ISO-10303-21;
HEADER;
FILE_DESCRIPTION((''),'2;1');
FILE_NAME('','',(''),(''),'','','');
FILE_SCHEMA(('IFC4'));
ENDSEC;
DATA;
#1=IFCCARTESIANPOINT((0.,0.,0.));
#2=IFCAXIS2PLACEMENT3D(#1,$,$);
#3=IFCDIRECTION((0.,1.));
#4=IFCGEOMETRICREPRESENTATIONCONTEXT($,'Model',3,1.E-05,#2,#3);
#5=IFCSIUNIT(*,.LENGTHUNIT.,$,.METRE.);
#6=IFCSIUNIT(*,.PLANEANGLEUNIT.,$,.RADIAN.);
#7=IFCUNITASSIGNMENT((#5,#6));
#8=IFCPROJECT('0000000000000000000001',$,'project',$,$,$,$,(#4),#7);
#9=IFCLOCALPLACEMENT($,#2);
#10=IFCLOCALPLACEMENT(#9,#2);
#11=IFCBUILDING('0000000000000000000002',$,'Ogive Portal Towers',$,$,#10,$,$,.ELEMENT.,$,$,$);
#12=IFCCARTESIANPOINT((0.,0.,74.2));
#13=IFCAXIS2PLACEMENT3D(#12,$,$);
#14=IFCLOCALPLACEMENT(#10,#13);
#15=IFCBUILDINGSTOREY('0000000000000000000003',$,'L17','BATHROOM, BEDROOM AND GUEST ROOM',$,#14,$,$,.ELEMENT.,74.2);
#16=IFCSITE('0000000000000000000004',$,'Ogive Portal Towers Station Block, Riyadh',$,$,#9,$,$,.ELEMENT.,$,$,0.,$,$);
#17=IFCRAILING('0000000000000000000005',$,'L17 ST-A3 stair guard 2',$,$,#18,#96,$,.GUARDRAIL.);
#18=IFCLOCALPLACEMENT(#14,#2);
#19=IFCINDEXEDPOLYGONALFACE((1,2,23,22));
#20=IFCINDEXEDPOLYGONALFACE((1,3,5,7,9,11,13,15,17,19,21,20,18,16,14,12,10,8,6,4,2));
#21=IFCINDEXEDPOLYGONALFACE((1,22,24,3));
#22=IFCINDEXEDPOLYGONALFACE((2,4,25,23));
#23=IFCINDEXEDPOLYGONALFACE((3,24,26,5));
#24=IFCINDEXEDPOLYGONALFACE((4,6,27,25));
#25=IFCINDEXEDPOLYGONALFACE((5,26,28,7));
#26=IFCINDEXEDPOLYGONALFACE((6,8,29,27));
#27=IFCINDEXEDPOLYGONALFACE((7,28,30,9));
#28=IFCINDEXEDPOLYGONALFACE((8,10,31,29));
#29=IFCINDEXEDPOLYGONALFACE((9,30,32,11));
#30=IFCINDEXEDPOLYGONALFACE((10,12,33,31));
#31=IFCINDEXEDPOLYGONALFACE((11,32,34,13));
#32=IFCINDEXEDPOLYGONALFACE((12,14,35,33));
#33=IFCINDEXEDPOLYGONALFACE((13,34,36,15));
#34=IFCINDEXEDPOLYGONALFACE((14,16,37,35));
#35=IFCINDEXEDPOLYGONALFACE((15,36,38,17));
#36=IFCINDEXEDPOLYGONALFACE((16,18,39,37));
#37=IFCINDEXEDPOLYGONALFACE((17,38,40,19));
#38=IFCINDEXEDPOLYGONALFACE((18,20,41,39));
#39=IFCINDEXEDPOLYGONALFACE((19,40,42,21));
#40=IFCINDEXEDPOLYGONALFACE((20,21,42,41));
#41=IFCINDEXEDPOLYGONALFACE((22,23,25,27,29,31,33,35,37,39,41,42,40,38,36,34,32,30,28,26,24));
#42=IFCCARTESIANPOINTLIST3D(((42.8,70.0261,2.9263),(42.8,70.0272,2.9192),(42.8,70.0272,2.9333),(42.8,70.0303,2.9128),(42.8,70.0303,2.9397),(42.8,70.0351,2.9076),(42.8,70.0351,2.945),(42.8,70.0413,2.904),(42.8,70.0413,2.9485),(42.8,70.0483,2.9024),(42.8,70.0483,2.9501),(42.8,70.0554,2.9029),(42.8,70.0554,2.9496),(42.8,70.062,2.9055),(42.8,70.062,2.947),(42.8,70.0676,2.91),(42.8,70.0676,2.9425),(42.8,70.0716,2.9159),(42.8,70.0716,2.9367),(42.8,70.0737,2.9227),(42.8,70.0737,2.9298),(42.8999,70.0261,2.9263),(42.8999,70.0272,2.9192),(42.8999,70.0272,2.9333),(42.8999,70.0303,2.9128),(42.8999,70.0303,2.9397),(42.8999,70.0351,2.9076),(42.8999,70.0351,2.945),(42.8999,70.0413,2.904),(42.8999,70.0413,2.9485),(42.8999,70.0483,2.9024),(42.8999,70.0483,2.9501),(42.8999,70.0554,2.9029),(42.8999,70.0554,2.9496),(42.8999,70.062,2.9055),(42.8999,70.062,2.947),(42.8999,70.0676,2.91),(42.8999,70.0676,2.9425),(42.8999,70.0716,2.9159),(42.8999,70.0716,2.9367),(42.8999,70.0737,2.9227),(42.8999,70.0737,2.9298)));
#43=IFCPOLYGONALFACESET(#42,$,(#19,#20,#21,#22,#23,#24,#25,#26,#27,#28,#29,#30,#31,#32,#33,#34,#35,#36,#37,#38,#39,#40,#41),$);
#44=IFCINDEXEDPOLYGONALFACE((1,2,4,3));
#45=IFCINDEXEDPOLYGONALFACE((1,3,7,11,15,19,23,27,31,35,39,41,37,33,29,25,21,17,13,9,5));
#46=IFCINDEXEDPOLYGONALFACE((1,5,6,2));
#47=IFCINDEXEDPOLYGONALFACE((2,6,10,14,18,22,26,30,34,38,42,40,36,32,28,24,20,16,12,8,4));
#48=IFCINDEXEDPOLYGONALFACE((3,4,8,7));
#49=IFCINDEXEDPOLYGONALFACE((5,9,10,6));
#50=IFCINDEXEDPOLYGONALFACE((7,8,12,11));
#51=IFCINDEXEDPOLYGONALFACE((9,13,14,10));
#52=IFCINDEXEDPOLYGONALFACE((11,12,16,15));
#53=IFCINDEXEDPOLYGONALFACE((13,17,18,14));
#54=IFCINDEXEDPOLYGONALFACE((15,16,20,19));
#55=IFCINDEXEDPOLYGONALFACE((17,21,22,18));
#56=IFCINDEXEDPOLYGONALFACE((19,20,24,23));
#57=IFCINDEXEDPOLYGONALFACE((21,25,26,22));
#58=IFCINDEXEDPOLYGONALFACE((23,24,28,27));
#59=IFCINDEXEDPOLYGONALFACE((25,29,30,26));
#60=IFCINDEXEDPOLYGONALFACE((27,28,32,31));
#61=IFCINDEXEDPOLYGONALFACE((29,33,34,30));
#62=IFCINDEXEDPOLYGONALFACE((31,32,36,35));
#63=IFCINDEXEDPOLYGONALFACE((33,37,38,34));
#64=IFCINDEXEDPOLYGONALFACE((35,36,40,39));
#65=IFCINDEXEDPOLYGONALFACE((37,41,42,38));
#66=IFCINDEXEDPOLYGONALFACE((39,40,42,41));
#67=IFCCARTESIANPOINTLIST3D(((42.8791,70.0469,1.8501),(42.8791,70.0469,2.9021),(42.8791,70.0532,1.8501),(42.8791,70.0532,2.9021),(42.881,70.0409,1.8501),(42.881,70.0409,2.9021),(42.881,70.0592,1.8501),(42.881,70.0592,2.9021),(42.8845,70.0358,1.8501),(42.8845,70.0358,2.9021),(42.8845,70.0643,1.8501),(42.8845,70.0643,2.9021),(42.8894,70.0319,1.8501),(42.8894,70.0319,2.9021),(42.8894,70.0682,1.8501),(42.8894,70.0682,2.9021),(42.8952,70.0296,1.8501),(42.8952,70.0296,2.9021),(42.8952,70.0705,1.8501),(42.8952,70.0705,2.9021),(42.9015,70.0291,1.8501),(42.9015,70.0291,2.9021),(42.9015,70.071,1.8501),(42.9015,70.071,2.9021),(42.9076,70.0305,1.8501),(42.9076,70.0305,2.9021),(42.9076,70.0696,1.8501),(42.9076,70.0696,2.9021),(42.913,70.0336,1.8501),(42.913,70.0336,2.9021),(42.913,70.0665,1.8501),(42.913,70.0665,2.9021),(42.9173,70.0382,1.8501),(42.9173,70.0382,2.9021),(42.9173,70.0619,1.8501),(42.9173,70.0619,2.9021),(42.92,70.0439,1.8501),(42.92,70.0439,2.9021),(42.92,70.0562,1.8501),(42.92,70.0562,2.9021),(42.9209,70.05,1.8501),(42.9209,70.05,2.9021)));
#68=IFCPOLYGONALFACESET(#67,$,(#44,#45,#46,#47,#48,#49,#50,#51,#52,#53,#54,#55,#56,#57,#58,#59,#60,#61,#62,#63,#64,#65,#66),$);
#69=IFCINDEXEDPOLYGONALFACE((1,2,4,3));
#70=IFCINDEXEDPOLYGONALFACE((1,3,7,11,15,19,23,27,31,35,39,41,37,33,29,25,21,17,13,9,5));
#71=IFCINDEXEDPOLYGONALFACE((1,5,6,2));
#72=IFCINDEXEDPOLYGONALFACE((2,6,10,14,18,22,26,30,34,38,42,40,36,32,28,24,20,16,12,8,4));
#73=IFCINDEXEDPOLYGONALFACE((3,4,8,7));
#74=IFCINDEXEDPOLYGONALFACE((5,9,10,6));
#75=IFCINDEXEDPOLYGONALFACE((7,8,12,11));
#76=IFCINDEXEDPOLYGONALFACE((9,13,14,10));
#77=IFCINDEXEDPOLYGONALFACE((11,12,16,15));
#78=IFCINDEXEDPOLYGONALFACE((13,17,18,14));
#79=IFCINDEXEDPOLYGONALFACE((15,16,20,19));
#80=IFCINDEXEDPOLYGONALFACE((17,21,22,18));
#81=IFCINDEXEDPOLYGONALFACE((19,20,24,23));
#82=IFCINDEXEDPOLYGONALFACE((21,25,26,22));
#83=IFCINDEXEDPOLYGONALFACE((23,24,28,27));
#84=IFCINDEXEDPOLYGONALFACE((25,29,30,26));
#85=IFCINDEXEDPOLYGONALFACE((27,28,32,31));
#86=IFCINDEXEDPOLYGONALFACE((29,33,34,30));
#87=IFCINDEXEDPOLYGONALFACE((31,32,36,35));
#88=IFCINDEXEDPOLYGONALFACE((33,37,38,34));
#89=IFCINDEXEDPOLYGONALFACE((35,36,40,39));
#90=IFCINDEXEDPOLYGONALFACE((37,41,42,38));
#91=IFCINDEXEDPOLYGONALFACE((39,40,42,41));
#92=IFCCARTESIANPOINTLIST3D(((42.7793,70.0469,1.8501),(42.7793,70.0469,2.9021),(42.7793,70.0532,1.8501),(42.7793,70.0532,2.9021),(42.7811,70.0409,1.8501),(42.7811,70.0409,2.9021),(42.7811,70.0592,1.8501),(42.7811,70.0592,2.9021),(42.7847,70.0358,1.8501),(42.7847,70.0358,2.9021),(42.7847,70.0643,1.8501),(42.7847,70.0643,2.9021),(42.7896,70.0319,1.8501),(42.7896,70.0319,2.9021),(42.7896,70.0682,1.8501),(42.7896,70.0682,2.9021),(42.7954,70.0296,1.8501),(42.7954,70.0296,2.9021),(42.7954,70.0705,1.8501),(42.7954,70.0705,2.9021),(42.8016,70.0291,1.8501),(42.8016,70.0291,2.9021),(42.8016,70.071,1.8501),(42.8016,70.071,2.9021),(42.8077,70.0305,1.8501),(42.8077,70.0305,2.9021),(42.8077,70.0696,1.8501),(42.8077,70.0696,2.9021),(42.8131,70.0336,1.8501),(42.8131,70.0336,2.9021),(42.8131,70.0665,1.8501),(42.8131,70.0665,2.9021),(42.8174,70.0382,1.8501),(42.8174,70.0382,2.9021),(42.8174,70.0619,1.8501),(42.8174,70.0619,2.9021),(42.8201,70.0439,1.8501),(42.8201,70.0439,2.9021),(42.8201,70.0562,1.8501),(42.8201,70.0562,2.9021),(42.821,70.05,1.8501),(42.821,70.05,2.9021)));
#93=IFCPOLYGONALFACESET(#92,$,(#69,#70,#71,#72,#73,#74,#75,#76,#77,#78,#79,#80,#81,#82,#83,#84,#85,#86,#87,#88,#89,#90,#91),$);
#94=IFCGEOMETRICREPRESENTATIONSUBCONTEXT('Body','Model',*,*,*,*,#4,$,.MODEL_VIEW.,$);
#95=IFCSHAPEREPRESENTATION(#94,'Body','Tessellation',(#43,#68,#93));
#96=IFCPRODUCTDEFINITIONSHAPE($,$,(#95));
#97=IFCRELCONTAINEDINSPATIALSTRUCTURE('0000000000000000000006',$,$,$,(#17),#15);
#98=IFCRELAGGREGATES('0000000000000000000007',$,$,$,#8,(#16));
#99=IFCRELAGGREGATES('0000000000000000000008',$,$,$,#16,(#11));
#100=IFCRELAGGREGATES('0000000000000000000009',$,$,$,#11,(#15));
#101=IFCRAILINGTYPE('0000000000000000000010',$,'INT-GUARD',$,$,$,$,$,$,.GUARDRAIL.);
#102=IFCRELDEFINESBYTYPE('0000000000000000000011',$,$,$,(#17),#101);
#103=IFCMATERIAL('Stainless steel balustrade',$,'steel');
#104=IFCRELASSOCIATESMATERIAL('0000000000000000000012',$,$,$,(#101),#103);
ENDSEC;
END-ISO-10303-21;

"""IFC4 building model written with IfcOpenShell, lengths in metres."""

from ifc_helpers import new_model, si_unit, direction, frame, origin, origin_2d, place, context, subcontext, project, spatial, circle, extrude, material, type_object, element, save


model = new_model("IFC4")

# Units and contexts
model_context = context("Model", 3, precision=1e-05, world=origin(), true_north=direction((0.0, 1.0)))
body_context = subcontext(model_context, "Body", "Model", "MODEL_VIEW")
ifc_project = project(units=[si_unit("LENGTHUNIT", "METRE"), si_unit("PLANEANGLEUNIT", "RADIAN")], contexts=[model_context])

# Site, building, storey
site_placement = place(None, origin())
site = spatial("IfcSite", under=ifc_project, at=site_placement, Name="Ogive Portal Towers Station Block, Riyadh", CompositionType="ELEMENT", RefElevation=0.0)
building_placement = place(site_placement, origin())
building = spatial("IfcBuilding", under=site, at=building_placement, Name="Ogive Portal Towers", CompositionType="ELEMENT")
storey_placement = place(building_placement, frame((0.0, 0.0, 74.2)))
storey = spatial("IfcBuildingStorey", under=building, at=storey_placement, Name="L17", Description="BATHROOM, BEDROOM AND GUEST ROOM", CompositionType="ELEMENT", Elevation=74.2)

# Railing
ifc_material_1 = material(Name="Stainless steel balustrade", Category="steel")
railing_type_1 = type_object("IfcRailingType", Name="INT-GUARD", PredefinedType="GUARDRAIL", material=ifc_material_1)
railing_1_placement = place(storey_placement, frame((42.8999, 70.05, 1.8501)))
element("IfcRailing", 1, at=railing_1_placement, inside=storey, type_object=railing_type_1, Name="L17 ST-A3 stair guard 2", PredefinedType="GUARDRAIL", context=body_context, shape_type="SweptSolid", body=[
    extrude(circle(Radius=0.0239, at=origin_2d()), frame((0.0, 0.0, 1.0762), z_axis=(-1.0, 0.0, 0.0), x_axis=(0.0, -1.0, 0.0)), (0.0, 0.0, 1.0), 0.0999),
    extrude(circle(Radius=0.021, at=origin_2d()), origin(), (0.0, 0.0, 1.0), 1.052),
    extrude(circle(Radius=0.021, at=origin_2d()), frame((-0.0999, 0.0, 0.0)), (0.0, 0.0, 1.0), 1.052),
])

save(model, "model.ifc")
